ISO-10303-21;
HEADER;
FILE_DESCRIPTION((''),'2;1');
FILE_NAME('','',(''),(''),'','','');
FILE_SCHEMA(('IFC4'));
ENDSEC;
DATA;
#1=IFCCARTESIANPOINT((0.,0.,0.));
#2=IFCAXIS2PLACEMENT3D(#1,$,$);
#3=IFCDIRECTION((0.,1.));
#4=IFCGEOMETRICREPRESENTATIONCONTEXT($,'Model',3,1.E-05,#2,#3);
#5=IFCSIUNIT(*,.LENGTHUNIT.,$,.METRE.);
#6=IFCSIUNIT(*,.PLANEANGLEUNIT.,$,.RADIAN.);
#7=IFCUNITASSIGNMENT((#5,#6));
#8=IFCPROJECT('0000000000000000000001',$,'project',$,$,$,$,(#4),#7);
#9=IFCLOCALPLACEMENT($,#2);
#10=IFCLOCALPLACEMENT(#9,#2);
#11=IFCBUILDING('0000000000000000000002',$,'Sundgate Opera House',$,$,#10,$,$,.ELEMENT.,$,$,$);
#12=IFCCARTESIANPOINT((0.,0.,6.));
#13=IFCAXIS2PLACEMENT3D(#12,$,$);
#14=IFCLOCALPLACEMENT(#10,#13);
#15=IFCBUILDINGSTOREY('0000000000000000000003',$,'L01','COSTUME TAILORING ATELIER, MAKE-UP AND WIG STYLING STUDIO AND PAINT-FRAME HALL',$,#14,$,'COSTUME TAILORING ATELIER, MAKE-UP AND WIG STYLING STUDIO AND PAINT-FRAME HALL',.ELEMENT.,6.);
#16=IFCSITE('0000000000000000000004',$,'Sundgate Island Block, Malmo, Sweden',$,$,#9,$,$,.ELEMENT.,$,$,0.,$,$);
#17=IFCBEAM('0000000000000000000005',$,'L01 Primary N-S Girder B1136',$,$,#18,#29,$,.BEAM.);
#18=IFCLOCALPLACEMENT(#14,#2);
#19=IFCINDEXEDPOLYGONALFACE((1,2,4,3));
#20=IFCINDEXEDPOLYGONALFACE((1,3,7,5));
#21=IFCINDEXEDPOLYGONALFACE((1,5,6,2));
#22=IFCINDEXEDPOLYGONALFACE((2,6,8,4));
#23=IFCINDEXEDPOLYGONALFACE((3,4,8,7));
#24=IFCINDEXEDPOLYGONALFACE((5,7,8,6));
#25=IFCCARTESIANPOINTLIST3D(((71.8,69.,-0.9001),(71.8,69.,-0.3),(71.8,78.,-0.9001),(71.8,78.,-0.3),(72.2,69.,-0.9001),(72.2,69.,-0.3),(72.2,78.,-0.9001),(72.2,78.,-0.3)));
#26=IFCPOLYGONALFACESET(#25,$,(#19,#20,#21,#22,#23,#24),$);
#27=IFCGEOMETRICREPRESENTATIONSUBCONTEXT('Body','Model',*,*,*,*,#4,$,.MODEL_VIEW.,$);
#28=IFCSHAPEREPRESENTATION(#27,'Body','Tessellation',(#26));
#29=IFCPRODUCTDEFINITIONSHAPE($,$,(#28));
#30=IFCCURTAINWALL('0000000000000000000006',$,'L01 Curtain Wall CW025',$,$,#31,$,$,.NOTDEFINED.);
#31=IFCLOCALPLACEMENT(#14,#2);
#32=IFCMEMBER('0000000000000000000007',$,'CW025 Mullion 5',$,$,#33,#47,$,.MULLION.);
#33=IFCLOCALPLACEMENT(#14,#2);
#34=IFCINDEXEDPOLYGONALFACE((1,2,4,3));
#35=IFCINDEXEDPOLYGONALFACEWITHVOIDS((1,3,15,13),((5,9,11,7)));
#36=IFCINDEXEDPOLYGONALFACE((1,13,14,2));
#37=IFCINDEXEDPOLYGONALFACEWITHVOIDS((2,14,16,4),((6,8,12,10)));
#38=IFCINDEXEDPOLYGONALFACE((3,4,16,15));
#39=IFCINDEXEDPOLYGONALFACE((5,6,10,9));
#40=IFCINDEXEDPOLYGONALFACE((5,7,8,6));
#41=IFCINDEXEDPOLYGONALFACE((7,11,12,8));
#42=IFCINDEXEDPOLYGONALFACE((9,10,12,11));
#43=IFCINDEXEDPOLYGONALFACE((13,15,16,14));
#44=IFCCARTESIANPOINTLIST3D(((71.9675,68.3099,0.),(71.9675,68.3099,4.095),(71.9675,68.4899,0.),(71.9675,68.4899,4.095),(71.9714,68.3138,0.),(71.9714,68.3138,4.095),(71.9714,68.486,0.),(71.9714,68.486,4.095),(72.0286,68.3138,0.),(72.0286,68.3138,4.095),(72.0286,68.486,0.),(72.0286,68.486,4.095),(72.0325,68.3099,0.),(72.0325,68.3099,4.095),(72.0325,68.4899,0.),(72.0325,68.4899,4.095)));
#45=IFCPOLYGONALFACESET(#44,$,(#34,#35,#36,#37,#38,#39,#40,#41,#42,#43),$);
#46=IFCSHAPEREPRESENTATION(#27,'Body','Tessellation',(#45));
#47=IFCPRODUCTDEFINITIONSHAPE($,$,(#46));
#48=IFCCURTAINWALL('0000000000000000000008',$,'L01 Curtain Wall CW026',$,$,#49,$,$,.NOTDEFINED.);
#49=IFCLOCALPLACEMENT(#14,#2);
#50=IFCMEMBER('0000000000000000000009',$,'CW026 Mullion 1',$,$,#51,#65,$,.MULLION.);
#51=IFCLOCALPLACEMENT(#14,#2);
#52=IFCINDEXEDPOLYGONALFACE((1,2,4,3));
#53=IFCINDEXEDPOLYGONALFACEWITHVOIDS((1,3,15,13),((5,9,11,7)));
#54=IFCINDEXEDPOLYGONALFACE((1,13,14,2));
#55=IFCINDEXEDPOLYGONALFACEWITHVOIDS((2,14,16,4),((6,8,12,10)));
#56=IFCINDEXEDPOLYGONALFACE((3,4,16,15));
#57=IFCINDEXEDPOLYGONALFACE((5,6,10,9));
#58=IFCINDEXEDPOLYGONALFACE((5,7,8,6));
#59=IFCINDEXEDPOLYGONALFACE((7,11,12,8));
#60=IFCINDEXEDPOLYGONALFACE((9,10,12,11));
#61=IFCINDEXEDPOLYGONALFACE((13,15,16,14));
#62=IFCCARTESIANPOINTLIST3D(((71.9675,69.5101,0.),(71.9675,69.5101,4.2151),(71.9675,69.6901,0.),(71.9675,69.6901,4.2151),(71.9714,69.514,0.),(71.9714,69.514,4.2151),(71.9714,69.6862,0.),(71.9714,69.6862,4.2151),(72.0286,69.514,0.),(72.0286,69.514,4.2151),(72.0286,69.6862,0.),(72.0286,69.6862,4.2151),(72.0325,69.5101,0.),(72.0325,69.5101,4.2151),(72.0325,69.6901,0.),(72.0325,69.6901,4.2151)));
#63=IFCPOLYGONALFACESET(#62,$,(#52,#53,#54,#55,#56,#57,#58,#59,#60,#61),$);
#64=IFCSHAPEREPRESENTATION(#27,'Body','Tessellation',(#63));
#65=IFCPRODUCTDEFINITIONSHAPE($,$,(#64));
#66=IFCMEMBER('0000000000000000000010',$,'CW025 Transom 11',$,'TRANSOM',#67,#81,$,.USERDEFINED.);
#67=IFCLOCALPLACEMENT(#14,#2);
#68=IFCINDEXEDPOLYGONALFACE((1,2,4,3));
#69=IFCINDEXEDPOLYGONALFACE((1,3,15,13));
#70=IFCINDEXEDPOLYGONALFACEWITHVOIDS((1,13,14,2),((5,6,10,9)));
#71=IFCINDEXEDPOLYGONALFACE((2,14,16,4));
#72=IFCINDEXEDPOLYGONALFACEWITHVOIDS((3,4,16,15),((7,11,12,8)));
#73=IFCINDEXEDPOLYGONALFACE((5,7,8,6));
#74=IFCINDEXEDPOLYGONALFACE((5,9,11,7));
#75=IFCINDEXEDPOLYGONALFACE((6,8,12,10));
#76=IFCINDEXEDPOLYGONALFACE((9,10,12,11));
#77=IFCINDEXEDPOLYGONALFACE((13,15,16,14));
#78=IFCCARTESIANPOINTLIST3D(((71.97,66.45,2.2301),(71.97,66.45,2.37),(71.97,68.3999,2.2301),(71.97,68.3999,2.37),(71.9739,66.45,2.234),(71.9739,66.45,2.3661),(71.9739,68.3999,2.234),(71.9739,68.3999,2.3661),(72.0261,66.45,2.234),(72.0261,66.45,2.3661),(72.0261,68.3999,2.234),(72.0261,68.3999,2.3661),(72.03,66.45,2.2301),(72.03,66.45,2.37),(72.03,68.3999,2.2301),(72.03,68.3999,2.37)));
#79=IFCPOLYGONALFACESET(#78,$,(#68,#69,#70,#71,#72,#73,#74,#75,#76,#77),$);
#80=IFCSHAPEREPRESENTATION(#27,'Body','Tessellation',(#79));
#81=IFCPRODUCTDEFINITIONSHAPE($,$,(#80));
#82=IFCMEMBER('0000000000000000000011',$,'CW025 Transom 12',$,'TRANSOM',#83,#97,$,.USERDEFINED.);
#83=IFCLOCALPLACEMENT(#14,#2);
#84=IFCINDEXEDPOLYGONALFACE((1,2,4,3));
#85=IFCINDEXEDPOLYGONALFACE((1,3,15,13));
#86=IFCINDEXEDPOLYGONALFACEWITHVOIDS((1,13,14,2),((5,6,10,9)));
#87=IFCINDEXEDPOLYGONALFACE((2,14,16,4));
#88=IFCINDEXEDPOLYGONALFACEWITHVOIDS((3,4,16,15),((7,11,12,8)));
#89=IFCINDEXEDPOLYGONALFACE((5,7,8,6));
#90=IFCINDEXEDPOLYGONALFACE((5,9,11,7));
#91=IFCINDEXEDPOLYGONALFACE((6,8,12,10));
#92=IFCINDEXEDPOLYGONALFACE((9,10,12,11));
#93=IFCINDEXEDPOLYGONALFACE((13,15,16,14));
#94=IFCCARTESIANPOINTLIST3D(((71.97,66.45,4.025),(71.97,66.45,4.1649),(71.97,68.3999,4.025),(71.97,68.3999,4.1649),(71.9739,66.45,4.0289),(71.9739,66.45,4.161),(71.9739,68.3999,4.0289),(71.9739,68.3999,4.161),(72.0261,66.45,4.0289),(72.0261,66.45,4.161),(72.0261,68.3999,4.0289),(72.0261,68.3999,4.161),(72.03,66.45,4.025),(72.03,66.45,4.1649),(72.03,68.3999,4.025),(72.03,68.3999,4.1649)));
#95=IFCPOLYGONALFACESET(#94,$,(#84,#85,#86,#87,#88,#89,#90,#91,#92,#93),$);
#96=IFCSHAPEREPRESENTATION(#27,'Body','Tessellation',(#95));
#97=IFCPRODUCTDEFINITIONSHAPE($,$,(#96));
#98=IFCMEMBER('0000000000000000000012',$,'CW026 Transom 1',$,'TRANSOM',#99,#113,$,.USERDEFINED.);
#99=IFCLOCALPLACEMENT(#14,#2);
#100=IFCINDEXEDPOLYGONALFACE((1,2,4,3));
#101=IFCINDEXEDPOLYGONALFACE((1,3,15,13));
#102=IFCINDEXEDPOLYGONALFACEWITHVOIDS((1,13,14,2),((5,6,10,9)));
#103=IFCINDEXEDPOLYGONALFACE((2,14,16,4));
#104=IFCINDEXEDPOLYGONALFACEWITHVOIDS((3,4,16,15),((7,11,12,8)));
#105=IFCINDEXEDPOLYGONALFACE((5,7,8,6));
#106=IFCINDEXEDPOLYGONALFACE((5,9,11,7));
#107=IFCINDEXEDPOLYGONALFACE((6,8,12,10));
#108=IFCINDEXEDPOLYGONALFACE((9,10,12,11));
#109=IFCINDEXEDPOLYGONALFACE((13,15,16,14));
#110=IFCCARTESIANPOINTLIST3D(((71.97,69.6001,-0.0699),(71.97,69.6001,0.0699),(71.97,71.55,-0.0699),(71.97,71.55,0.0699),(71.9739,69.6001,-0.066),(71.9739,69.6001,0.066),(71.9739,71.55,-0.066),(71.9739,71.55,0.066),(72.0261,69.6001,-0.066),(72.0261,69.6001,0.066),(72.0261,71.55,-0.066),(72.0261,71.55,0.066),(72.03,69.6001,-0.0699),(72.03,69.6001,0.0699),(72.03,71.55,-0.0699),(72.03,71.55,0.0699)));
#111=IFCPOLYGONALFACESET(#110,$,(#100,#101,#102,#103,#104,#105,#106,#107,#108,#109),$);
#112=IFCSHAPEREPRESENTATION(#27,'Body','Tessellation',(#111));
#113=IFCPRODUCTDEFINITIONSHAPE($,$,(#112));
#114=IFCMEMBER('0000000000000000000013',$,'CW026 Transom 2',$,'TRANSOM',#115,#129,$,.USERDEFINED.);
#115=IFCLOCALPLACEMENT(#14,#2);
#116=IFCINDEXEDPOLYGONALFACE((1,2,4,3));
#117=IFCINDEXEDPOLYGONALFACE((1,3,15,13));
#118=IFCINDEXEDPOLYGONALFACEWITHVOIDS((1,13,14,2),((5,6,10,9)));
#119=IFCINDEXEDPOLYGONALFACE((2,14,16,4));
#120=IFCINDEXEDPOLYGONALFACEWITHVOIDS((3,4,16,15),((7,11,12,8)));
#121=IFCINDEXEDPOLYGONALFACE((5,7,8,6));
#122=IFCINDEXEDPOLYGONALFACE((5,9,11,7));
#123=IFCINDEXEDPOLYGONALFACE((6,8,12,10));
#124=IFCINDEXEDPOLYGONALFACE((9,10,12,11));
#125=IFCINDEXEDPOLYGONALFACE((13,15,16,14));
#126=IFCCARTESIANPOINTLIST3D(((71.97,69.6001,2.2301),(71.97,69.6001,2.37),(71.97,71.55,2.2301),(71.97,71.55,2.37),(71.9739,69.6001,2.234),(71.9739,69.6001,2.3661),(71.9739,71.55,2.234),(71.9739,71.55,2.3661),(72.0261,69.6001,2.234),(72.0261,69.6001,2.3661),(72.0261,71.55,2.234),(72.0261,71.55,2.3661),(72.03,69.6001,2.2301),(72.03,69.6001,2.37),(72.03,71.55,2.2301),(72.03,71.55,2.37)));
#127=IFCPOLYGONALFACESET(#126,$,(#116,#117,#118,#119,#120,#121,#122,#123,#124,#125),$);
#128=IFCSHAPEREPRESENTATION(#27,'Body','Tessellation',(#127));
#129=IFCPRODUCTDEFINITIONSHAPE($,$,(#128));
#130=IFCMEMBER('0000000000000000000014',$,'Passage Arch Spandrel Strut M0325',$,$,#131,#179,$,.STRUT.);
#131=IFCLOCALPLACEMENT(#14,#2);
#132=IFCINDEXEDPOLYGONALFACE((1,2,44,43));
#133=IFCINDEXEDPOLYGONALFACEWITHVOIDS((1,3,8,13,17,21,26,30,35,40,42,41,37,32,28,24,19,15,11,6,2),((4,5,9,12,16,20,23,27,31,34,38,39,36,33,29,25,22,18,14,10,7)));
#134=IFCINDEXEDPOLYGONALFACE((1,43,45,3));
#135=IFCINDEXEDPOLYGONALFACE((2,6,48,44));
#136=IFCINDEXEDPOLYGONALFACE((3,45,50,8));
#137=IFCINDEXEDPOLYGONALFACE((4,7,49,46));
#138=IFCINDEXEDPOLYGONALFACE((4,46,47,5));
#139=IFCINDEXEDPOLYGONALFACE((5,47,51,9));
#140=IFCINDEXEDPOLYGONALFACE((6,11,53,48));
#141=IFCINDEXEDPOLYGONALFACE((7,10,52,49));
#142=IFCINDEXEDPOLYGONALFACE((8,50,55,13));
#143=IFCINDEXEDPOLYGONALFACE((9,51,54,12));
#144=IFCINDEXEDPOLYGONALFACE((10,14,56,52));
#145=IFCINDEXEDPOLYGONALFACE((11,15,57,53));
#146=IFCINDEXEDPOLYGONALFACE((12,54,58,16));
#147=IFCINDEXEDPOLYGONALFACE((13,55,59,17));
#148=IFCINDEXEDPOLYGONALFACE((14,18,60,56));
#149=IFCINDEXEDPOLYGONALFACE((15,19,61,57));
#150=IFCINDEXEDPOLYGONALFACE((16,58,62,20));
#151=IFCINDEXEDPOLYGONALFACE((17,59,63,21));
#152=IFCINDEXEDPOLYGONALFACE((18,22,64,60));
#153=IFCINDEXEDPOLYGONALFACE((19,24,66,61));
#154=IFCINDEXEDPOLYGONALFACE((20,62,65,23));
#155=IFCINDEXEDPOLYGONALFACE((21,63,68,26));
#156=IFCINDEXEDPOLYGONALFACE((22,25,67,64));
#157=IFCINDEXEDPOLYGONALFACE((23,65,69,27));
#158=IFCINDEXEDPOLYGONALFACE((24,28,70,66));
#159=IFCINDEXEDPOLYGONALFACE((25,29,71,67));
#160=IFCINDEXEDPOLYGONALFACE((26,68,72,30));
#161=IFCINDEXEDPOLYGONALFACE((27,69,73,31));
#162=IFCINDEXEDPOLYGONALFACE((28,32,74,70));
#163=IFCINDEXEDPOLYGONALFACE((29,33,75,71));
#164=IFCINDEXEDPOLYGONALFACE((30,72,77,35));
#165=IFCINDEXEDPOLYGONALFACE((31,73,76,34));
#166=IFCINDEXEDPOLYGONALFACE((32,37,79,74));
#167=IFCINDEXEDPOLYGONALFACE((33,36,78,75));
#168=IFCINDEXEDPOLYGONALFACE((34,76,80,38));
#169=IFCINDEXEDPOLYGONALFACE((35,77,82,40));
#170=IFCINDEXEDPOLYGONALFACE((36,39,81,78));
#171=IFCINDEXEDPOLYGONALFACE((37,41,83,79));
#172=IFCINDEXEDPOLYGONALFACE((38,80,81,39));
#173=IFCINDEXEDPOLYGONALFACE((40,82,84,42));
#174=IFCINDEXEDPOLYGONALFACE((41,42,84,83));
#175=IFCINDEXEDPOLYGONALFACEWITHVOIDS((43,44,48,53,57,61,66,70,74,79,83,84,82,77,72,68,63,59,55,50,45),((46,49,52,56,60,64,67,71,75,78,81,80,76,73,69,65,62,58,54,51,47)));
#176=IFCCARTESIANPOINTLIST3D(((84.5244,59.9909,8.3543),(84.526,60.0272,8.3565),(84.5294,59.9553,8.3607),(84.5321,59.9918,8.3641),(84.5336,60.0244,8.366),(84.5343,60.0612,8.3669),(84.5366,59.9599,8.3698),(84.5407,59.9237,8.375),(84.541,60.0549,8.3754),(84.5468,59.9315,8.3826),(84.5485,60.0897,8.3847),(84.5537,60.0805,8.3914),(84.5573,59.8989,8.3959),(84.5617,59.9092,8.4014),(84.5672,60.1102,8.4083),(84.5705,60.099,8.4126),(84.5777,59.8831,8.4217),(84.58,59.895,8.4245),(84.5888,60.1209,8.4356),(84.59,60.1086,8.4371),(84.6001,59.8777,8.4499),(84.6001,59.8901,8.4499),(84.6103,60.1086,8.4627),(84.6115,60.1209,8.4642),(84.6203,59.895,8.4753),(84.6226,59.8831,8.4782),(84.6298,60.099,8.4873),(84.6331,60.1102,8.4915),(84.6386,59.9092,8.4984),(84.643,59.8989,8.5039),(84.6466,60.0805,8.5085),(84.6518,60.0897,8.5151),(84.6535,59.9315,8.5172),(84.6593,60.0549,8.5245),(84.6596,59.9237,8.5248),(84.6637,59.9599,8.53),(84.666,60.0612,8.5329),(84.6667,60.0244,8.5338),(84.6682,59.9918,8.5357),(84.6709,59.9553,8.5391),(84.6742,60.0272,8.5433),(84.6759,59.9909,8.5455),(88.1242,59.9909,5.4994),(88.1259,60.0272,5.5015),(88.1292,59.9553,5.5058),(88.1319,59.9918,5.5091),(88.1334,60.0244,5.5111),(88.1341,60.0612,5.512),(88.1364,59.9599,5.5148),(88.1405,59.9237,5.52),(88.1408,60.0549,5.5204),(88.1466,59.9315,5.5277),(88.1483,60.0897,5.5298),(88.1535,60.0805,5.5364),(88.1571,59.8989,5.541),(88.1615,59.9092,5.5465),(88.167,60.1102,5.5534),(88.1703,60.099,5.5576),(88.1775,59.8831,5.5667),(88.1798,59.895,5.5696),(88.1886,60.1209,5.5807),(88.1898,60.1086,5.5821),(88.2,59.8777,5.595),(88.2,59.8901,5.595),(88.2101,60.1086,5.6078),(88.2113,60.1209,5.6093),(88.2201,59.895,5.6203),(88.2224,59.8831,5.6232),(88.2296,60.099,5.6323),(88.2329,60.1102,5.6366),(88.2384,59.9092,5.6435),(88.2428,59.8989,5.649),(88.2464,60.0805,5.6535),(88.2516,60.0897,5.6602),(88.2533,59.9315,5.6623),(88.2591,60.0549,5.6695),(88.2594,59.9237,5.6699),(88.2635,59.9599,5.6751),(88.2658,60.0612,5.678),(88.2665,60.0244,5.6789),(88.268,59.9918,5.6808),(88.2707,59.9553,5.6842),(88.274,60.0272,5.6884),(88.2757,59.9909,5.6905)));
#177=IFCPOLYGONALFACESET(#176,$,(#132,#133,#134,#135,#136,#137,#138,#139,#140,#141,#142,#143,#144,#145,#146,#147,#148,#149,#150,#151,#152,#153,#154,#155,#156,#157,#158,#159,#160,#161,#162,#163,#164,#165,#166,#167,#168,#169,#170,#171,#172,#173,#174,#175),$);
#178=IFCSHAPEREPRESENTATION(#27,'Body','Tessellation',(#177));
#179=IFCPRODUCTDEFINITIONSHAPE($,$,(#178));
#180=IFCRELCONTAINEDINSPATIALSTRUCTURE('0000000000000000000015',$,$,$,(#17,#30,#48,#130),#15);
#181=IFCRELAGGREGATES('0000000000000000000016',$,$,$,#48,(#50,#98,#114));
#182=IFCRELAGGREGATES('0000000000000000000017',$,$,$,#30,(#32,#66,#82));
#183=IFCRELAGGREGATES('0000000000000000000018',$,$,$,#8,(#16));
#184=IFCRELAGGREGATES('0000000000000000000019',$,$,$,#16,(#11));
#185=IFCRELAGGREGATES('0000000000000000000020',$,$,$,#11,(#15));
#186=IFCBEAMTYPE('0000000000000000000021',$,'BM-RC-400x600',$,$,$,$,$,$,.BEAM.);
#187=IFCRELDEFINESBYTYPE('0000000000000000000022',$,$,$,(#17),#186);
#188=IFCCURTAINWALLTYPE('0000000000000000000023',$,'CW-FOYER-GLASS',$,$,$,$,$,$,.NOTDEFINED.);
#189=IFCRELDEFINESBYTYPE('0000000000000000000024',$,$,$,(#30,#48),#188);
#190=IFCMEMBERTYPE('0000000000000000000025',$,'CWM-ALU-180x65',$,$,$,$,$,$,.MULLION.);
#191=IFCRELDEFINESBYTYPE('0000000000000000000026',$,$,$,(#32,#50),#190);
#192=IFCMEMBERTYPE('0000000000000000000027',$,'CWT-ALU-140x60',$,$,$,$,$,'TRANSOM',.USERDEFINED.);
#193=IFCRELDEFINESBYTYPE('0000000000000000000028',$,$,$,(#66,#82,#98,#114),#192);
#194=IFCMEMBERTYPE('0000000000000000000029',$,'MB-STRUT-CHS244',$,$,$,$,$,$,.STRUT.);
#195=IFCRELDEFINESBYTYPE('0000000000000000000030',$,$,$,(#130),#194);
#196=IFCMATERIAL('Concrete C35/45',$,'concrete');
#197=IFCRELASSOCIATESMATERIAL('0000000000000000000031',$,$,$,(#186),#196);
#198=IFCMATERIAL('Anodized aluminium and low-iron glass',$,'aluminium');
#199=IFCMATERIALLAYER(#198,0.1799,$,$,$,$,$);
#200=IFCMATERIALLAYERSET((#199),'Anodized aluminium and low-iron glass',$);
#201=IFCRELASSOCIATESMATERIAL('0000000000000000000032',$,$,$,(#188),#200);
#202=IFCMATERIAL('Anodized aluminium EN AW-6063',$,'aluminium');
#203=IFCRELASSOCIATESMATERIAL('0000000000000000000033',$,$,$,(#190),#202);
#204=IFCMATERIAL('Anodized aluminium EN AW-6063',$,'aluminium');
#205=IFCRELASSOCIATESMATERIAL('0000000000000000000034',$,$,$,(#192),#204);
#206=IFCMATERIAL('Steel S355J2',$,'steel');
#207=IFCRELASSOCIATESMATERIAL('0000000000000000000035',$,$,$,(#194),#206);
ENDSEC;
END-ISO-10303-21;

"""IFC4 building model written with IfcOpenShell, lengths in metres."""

from ifc_helpers import new_model, si_unit, direction, frame, origin, origin_2d, place, context, subcontext, project, spatial, rectangle, hollow_rectangle, hollow_circle, extrude, material, layer, layer_set, material_profile, profile_set, type_object, element, aggregate, save


model = new_model("IFC4")

# Units and contexts
model_context = context("Model", 3, precision=1e-05, world=origin(), true_north=direction((0.0, 1.0)))
body_context = subcontext(model_context, "Body", "Model", "MODEL_VIEW")
ifc_project = project(units=[si_unit("LENGTHUNIT", "METRE"), si_unit("PLANEANGLEUNIT", "RADIAN")], contexts=[model_context])

# Site, building, storey
site_placement = place(None, origin())
site = spatial("IfcSite", under=ifc_project, at=site_placement, Name="Sundgate Island Block, Malmo, Sweden", CompositionType="ELEMENT", RefElevation=0.0)
building_placement = place(site_placement, origin())
building = spatial("IfcBuilding", under=site, at=building_placement, Name="Sundgate Opera House", CompositionType="ELEMENT")
storey_placement = place(building_placement, frame((0.0, 0.0, 6.0)))
storey = spatial("IfcBuildingStorey", under=building, at=storey_placement, Name="L01", Description="COSTUME TAILORING ATELIER, MAKE-UP AND WIG STYLING STUDIO AND PAINT-FRAME HALL", LongName="COSTUME TAILORING ATELIER, MAKE-UP AND WIG STYLING STUDIO AND PAINT-FRAME HALL", CompositionType="ELEMENT", Elevation=6.0)

# Beam
ifc_material_1 = material(Name="Concrete C35/45", Category="concrete")
ifc_material_profile_1 = material_profile(ifc_material_1, rectangle(XDim=0.3999, YDim=0.6001, at=origin_2d()), Name="RC 400x600")
ifc_profile_set_1 = profile_set([ifc_material_profile_1], Name="Concrete C35/45")
beam_type_1 = type_object("IfcBeamType", Name="BM-RC-400x600", PredefinedType="BEAM", material=ifc_profile_set_1)
beam_placement = place(storey_placement, frame((72.0, 69.0, -0.6001), z_axis=(0.0, 1.0, 0.0), x_axis=(-1.0, 0.0, 0.0)))
element("IfcBeam", 1, at=beam_placement, inside=storey, type_object=beam_type_1, Name="L01 Primary N-S Girder B1136", PredefinedType="BEAM", context=body_context, shape_type="SweptSolid", body=[
    extrude(rectangle(XDim=0.3999, YDim=0.6001, at=origin_2d()), origin(), (0.0, 0.0, 1.0), 9.0),
])

# Curtain walls, members
ifc_material_2 = material(Name="Anodized aluminium and low-iron glass", Category="aluminium")
ifc_layer_1 = layer(ifc_material_2, 0.1799)
ifc_layer_set_1 = layer_set([ifc_layer_1], Name="Anodized aluminium and low-iron glass")
curtain_wall_type = type_object("IfcCurtainWallType", Name="CW-FOYER-GLASS", PredefinedType="NOTDEFINED", material=ifc_layer_set_1)
curtain_wall_1_placement = place(storey_placement, origin())
curtain_wall_1 = element("IfcCurtainWall", 2, at=curtain_wall_1_placement, inside=storey, type_object=curtain_wall_type, Name="L01 Curtain Wall CW025", PredefinedType="NOTDEFINED")
ifc_material_3 = material(Name="Anodized aluminium EN AW-6063", Category="aluminium")
ifc_material_profile_2 = material_profile(ifc_material_3, hollow_rectangle(XDim=0.0649, YDim=0.1799, WallThickness=0.0039, at=origin_2d()), Name="CWM 180x65x4")
ifc_profile_set_2 = profile_set([ifc_material_profile_2], Name="Anodized aluminium EN AW-6063")
member_type_1 = type_object("IfcMemberType", Name="CWM-ALU-180x65", PredefinedType="MULLION", material=ifc_profile_set_2)
member_1_placement = place(storey_placement, frame((72.0, 68.3999, 0.0), z_axis=(0.0, 0.0, 1.0), x_axis=(1.0, 0.0, 0.0)))
member_1 = element("IfcMember", 3, at=member_1_placement, type_object=member_type_1, Name="CW025 Mullion 5", PredefinedType="MULLION", context=body_context, shape_type="SweptSolid", body=[
    extrude(hollow_rectangle(XDim=0.0649, YDim=0.1799, WallThickness=0.0039, at=origin_2d()), origin(), (0.0, 0.0, 1.0), 4.095),
])
curtain_wall_2_placement = place(storey_placement, origin())
curtain_wall_2 = element("IfcCurtainWall", 4, at=curtain_wall_2_placement, inside=storey, type_object=curtain_wall_type, Name="L01 Curtain Wall CW026", PredefinedType="NOTDEFINED")
member_2_placement = place(storey_placement, frame((72.0, 69.6001, 0.0), z_axis=(0.0, 0.0, 1.0), x_axis=(1.0, 0.0, 0.0)))
member_2 = element("IfcMember", 5, at=member_2_placement, type_object=member_type_1, Name="CW026 Mullion 1", PredefinedType="MULLION", context=body_context, shape_type="SweptSolid", body=[
    extrude(hollow_rectangle(XDim=0.0649, YDim=0.1799, WallThickness=0.0039, at=origin_2d()), origin(), (0.0, 0.0, 1.0), 4.2151),
])

# Members
ifc_material_4 = material(Name="Anodized aluminium EN AW-6063", Category="aluminium")
ifc_material_profile_3 = material_profile(ifc_material_4, hollow_rectangle(XDim=0.0601, YDim=0.1399, WallThickness=0.0039, at=origin_2d()), Name="CWT 140x60x4")
ifc_profile_set_3 = profile_set([ifc_material_profile_3], Name="Anodized aluminium EN AW-6063")
member_type_2 = type_object("IfcMemberType", Name="CWT-ALU-140x60", ElementType="TRANSOM", PredefinedType="USERDEFINED", material=ifc_profile_set_3)
member_3_placement = place(storey_placement, frame((72.0, 66.45, 2.3), z_axis=(0.0, 1.0, 0.0), x_axis=(-1.0, 0.0, 0.0)))
member_3 = element("IfcMember", 6, at=member_3_placement, type_object=member_type_2, Name="CW025 Transom 11", ObjectType="TRANSOM", PredefinedType="USERDEFINED", context=body_context, shape_type="SweptSolid", body=[
    extrude(hollow_rectangle(XDim=0.0601, YDim=0.1399, WallThickness=0.0039, at=origin_2d()), origin(), (0.0, 0.0, 1.0), 1.95),
])
member_4_placement = place(storey_placement, frame((72.0, 66.45, 4.095), z_axis=(0.0, 1.0, 0.0), x_axis=(-1.0, 0.0, 0.0)))
member_4 = element("IfcMember", 7, at=member_4_placement, type_object=member_type_2, Name="CW025 Transom 12", ObjectType="TRANSOM", PredefinedType="USERDEFINED", context=body_context, shape_type="SweptSolid", body=[
    extrude(hollow_rectangle(XDim=0.0601, YDim=0.1399, WallThickness=0.0039, at=origin_2d()), origin(), (0.0, 0.0, 1.0), 1.95),
])
member_5_placement = place(storey_placement, frame((72.0, 69.6001, 0.0), z_axis=(0.0, 1.0, 0.0), x_axis=(-1.0, 0.0, 0.0)))
member_5 = element("IfcMember", 8, at=member_5_placement, type_object=member_type_2, Name="CW026 Transom 1", ObjectType="TRANSOM", PredefinedType="USERDEFINED", context=body_context, shape_type="SweptSolid", body=[
    extrude(hollow_rectangle(XDim=0.0601, YDim=0.1399, WallThickness=0.0039, at=origin_2d()), origin(), (0.0, 0.0, 1.0), 1.95),
])
member_6_placement = place(storey_placement, frame((72.0, 69.6001, 2.3), z_axis=(0.0, 1.0, 0.0), x_axis=(-1.0, 0.0, 0.0)))
member_6 = element("IfcMember", 9, at=member_6_placement, type_object=member_type_2, Name="CW026 Transom 2", ObjectType="TRANSOM", PredefinedType="USERDEFINED", context=body_context, shape_type="SweptSolid", body=[
    extrude(hollow_rectangle(XDim=0.0601, YDim=0.1399, WallThickness=0.0039, at=origin_2d()), origin(), (0.0, 0.0, 1.0), 1.95),
])
aggregate(curtain_wall_2, [member_2, member_5, member_6])

# Member
ifc_material_5 = material(Name="Steel S355J2", Category="steel")
ifc_material_profile_4 = material_profile(ifc_material_5, hollow_circle(Radius=0.1223, WallThickness=0.0125, at=origin_2d()), Name="CHS 244.5x12.5")
ifc_profile_set_4 = profile_set([ifc_material_profile_4], Name="Steel S355J2")
member_type_3 = type_object("IfcMemberType", Name="MB-STRUT-CHS244", PredefinedType="STRUT", material=ifc_profile_set_4)
member_7_placement = place(storey_placement, frame((88.2, 60.0, 5.595), z_axis=(-0.783506, 0.0, 0.621385), x_axis=(0.0, -1.0, 0.0)))
element("IfcMember", 10, at=member_7_placement, inside=storey, type_object=member_type_3, Name="Passage Arch Spandrel Strut M0325", PredefinedType="STRUT", context=body_context, shape_type="SweptSolid", body=[
    extrude(hollow_circle(Radius=0.1223, WallThickness=0.0125, at=origin_2d()), origin(), (0.0, 0.0, 1.0), 4.5945),
])

aggregate(curtain_wall_1, [member_1, member_3, member_4])

save(model, "model.ifc")
